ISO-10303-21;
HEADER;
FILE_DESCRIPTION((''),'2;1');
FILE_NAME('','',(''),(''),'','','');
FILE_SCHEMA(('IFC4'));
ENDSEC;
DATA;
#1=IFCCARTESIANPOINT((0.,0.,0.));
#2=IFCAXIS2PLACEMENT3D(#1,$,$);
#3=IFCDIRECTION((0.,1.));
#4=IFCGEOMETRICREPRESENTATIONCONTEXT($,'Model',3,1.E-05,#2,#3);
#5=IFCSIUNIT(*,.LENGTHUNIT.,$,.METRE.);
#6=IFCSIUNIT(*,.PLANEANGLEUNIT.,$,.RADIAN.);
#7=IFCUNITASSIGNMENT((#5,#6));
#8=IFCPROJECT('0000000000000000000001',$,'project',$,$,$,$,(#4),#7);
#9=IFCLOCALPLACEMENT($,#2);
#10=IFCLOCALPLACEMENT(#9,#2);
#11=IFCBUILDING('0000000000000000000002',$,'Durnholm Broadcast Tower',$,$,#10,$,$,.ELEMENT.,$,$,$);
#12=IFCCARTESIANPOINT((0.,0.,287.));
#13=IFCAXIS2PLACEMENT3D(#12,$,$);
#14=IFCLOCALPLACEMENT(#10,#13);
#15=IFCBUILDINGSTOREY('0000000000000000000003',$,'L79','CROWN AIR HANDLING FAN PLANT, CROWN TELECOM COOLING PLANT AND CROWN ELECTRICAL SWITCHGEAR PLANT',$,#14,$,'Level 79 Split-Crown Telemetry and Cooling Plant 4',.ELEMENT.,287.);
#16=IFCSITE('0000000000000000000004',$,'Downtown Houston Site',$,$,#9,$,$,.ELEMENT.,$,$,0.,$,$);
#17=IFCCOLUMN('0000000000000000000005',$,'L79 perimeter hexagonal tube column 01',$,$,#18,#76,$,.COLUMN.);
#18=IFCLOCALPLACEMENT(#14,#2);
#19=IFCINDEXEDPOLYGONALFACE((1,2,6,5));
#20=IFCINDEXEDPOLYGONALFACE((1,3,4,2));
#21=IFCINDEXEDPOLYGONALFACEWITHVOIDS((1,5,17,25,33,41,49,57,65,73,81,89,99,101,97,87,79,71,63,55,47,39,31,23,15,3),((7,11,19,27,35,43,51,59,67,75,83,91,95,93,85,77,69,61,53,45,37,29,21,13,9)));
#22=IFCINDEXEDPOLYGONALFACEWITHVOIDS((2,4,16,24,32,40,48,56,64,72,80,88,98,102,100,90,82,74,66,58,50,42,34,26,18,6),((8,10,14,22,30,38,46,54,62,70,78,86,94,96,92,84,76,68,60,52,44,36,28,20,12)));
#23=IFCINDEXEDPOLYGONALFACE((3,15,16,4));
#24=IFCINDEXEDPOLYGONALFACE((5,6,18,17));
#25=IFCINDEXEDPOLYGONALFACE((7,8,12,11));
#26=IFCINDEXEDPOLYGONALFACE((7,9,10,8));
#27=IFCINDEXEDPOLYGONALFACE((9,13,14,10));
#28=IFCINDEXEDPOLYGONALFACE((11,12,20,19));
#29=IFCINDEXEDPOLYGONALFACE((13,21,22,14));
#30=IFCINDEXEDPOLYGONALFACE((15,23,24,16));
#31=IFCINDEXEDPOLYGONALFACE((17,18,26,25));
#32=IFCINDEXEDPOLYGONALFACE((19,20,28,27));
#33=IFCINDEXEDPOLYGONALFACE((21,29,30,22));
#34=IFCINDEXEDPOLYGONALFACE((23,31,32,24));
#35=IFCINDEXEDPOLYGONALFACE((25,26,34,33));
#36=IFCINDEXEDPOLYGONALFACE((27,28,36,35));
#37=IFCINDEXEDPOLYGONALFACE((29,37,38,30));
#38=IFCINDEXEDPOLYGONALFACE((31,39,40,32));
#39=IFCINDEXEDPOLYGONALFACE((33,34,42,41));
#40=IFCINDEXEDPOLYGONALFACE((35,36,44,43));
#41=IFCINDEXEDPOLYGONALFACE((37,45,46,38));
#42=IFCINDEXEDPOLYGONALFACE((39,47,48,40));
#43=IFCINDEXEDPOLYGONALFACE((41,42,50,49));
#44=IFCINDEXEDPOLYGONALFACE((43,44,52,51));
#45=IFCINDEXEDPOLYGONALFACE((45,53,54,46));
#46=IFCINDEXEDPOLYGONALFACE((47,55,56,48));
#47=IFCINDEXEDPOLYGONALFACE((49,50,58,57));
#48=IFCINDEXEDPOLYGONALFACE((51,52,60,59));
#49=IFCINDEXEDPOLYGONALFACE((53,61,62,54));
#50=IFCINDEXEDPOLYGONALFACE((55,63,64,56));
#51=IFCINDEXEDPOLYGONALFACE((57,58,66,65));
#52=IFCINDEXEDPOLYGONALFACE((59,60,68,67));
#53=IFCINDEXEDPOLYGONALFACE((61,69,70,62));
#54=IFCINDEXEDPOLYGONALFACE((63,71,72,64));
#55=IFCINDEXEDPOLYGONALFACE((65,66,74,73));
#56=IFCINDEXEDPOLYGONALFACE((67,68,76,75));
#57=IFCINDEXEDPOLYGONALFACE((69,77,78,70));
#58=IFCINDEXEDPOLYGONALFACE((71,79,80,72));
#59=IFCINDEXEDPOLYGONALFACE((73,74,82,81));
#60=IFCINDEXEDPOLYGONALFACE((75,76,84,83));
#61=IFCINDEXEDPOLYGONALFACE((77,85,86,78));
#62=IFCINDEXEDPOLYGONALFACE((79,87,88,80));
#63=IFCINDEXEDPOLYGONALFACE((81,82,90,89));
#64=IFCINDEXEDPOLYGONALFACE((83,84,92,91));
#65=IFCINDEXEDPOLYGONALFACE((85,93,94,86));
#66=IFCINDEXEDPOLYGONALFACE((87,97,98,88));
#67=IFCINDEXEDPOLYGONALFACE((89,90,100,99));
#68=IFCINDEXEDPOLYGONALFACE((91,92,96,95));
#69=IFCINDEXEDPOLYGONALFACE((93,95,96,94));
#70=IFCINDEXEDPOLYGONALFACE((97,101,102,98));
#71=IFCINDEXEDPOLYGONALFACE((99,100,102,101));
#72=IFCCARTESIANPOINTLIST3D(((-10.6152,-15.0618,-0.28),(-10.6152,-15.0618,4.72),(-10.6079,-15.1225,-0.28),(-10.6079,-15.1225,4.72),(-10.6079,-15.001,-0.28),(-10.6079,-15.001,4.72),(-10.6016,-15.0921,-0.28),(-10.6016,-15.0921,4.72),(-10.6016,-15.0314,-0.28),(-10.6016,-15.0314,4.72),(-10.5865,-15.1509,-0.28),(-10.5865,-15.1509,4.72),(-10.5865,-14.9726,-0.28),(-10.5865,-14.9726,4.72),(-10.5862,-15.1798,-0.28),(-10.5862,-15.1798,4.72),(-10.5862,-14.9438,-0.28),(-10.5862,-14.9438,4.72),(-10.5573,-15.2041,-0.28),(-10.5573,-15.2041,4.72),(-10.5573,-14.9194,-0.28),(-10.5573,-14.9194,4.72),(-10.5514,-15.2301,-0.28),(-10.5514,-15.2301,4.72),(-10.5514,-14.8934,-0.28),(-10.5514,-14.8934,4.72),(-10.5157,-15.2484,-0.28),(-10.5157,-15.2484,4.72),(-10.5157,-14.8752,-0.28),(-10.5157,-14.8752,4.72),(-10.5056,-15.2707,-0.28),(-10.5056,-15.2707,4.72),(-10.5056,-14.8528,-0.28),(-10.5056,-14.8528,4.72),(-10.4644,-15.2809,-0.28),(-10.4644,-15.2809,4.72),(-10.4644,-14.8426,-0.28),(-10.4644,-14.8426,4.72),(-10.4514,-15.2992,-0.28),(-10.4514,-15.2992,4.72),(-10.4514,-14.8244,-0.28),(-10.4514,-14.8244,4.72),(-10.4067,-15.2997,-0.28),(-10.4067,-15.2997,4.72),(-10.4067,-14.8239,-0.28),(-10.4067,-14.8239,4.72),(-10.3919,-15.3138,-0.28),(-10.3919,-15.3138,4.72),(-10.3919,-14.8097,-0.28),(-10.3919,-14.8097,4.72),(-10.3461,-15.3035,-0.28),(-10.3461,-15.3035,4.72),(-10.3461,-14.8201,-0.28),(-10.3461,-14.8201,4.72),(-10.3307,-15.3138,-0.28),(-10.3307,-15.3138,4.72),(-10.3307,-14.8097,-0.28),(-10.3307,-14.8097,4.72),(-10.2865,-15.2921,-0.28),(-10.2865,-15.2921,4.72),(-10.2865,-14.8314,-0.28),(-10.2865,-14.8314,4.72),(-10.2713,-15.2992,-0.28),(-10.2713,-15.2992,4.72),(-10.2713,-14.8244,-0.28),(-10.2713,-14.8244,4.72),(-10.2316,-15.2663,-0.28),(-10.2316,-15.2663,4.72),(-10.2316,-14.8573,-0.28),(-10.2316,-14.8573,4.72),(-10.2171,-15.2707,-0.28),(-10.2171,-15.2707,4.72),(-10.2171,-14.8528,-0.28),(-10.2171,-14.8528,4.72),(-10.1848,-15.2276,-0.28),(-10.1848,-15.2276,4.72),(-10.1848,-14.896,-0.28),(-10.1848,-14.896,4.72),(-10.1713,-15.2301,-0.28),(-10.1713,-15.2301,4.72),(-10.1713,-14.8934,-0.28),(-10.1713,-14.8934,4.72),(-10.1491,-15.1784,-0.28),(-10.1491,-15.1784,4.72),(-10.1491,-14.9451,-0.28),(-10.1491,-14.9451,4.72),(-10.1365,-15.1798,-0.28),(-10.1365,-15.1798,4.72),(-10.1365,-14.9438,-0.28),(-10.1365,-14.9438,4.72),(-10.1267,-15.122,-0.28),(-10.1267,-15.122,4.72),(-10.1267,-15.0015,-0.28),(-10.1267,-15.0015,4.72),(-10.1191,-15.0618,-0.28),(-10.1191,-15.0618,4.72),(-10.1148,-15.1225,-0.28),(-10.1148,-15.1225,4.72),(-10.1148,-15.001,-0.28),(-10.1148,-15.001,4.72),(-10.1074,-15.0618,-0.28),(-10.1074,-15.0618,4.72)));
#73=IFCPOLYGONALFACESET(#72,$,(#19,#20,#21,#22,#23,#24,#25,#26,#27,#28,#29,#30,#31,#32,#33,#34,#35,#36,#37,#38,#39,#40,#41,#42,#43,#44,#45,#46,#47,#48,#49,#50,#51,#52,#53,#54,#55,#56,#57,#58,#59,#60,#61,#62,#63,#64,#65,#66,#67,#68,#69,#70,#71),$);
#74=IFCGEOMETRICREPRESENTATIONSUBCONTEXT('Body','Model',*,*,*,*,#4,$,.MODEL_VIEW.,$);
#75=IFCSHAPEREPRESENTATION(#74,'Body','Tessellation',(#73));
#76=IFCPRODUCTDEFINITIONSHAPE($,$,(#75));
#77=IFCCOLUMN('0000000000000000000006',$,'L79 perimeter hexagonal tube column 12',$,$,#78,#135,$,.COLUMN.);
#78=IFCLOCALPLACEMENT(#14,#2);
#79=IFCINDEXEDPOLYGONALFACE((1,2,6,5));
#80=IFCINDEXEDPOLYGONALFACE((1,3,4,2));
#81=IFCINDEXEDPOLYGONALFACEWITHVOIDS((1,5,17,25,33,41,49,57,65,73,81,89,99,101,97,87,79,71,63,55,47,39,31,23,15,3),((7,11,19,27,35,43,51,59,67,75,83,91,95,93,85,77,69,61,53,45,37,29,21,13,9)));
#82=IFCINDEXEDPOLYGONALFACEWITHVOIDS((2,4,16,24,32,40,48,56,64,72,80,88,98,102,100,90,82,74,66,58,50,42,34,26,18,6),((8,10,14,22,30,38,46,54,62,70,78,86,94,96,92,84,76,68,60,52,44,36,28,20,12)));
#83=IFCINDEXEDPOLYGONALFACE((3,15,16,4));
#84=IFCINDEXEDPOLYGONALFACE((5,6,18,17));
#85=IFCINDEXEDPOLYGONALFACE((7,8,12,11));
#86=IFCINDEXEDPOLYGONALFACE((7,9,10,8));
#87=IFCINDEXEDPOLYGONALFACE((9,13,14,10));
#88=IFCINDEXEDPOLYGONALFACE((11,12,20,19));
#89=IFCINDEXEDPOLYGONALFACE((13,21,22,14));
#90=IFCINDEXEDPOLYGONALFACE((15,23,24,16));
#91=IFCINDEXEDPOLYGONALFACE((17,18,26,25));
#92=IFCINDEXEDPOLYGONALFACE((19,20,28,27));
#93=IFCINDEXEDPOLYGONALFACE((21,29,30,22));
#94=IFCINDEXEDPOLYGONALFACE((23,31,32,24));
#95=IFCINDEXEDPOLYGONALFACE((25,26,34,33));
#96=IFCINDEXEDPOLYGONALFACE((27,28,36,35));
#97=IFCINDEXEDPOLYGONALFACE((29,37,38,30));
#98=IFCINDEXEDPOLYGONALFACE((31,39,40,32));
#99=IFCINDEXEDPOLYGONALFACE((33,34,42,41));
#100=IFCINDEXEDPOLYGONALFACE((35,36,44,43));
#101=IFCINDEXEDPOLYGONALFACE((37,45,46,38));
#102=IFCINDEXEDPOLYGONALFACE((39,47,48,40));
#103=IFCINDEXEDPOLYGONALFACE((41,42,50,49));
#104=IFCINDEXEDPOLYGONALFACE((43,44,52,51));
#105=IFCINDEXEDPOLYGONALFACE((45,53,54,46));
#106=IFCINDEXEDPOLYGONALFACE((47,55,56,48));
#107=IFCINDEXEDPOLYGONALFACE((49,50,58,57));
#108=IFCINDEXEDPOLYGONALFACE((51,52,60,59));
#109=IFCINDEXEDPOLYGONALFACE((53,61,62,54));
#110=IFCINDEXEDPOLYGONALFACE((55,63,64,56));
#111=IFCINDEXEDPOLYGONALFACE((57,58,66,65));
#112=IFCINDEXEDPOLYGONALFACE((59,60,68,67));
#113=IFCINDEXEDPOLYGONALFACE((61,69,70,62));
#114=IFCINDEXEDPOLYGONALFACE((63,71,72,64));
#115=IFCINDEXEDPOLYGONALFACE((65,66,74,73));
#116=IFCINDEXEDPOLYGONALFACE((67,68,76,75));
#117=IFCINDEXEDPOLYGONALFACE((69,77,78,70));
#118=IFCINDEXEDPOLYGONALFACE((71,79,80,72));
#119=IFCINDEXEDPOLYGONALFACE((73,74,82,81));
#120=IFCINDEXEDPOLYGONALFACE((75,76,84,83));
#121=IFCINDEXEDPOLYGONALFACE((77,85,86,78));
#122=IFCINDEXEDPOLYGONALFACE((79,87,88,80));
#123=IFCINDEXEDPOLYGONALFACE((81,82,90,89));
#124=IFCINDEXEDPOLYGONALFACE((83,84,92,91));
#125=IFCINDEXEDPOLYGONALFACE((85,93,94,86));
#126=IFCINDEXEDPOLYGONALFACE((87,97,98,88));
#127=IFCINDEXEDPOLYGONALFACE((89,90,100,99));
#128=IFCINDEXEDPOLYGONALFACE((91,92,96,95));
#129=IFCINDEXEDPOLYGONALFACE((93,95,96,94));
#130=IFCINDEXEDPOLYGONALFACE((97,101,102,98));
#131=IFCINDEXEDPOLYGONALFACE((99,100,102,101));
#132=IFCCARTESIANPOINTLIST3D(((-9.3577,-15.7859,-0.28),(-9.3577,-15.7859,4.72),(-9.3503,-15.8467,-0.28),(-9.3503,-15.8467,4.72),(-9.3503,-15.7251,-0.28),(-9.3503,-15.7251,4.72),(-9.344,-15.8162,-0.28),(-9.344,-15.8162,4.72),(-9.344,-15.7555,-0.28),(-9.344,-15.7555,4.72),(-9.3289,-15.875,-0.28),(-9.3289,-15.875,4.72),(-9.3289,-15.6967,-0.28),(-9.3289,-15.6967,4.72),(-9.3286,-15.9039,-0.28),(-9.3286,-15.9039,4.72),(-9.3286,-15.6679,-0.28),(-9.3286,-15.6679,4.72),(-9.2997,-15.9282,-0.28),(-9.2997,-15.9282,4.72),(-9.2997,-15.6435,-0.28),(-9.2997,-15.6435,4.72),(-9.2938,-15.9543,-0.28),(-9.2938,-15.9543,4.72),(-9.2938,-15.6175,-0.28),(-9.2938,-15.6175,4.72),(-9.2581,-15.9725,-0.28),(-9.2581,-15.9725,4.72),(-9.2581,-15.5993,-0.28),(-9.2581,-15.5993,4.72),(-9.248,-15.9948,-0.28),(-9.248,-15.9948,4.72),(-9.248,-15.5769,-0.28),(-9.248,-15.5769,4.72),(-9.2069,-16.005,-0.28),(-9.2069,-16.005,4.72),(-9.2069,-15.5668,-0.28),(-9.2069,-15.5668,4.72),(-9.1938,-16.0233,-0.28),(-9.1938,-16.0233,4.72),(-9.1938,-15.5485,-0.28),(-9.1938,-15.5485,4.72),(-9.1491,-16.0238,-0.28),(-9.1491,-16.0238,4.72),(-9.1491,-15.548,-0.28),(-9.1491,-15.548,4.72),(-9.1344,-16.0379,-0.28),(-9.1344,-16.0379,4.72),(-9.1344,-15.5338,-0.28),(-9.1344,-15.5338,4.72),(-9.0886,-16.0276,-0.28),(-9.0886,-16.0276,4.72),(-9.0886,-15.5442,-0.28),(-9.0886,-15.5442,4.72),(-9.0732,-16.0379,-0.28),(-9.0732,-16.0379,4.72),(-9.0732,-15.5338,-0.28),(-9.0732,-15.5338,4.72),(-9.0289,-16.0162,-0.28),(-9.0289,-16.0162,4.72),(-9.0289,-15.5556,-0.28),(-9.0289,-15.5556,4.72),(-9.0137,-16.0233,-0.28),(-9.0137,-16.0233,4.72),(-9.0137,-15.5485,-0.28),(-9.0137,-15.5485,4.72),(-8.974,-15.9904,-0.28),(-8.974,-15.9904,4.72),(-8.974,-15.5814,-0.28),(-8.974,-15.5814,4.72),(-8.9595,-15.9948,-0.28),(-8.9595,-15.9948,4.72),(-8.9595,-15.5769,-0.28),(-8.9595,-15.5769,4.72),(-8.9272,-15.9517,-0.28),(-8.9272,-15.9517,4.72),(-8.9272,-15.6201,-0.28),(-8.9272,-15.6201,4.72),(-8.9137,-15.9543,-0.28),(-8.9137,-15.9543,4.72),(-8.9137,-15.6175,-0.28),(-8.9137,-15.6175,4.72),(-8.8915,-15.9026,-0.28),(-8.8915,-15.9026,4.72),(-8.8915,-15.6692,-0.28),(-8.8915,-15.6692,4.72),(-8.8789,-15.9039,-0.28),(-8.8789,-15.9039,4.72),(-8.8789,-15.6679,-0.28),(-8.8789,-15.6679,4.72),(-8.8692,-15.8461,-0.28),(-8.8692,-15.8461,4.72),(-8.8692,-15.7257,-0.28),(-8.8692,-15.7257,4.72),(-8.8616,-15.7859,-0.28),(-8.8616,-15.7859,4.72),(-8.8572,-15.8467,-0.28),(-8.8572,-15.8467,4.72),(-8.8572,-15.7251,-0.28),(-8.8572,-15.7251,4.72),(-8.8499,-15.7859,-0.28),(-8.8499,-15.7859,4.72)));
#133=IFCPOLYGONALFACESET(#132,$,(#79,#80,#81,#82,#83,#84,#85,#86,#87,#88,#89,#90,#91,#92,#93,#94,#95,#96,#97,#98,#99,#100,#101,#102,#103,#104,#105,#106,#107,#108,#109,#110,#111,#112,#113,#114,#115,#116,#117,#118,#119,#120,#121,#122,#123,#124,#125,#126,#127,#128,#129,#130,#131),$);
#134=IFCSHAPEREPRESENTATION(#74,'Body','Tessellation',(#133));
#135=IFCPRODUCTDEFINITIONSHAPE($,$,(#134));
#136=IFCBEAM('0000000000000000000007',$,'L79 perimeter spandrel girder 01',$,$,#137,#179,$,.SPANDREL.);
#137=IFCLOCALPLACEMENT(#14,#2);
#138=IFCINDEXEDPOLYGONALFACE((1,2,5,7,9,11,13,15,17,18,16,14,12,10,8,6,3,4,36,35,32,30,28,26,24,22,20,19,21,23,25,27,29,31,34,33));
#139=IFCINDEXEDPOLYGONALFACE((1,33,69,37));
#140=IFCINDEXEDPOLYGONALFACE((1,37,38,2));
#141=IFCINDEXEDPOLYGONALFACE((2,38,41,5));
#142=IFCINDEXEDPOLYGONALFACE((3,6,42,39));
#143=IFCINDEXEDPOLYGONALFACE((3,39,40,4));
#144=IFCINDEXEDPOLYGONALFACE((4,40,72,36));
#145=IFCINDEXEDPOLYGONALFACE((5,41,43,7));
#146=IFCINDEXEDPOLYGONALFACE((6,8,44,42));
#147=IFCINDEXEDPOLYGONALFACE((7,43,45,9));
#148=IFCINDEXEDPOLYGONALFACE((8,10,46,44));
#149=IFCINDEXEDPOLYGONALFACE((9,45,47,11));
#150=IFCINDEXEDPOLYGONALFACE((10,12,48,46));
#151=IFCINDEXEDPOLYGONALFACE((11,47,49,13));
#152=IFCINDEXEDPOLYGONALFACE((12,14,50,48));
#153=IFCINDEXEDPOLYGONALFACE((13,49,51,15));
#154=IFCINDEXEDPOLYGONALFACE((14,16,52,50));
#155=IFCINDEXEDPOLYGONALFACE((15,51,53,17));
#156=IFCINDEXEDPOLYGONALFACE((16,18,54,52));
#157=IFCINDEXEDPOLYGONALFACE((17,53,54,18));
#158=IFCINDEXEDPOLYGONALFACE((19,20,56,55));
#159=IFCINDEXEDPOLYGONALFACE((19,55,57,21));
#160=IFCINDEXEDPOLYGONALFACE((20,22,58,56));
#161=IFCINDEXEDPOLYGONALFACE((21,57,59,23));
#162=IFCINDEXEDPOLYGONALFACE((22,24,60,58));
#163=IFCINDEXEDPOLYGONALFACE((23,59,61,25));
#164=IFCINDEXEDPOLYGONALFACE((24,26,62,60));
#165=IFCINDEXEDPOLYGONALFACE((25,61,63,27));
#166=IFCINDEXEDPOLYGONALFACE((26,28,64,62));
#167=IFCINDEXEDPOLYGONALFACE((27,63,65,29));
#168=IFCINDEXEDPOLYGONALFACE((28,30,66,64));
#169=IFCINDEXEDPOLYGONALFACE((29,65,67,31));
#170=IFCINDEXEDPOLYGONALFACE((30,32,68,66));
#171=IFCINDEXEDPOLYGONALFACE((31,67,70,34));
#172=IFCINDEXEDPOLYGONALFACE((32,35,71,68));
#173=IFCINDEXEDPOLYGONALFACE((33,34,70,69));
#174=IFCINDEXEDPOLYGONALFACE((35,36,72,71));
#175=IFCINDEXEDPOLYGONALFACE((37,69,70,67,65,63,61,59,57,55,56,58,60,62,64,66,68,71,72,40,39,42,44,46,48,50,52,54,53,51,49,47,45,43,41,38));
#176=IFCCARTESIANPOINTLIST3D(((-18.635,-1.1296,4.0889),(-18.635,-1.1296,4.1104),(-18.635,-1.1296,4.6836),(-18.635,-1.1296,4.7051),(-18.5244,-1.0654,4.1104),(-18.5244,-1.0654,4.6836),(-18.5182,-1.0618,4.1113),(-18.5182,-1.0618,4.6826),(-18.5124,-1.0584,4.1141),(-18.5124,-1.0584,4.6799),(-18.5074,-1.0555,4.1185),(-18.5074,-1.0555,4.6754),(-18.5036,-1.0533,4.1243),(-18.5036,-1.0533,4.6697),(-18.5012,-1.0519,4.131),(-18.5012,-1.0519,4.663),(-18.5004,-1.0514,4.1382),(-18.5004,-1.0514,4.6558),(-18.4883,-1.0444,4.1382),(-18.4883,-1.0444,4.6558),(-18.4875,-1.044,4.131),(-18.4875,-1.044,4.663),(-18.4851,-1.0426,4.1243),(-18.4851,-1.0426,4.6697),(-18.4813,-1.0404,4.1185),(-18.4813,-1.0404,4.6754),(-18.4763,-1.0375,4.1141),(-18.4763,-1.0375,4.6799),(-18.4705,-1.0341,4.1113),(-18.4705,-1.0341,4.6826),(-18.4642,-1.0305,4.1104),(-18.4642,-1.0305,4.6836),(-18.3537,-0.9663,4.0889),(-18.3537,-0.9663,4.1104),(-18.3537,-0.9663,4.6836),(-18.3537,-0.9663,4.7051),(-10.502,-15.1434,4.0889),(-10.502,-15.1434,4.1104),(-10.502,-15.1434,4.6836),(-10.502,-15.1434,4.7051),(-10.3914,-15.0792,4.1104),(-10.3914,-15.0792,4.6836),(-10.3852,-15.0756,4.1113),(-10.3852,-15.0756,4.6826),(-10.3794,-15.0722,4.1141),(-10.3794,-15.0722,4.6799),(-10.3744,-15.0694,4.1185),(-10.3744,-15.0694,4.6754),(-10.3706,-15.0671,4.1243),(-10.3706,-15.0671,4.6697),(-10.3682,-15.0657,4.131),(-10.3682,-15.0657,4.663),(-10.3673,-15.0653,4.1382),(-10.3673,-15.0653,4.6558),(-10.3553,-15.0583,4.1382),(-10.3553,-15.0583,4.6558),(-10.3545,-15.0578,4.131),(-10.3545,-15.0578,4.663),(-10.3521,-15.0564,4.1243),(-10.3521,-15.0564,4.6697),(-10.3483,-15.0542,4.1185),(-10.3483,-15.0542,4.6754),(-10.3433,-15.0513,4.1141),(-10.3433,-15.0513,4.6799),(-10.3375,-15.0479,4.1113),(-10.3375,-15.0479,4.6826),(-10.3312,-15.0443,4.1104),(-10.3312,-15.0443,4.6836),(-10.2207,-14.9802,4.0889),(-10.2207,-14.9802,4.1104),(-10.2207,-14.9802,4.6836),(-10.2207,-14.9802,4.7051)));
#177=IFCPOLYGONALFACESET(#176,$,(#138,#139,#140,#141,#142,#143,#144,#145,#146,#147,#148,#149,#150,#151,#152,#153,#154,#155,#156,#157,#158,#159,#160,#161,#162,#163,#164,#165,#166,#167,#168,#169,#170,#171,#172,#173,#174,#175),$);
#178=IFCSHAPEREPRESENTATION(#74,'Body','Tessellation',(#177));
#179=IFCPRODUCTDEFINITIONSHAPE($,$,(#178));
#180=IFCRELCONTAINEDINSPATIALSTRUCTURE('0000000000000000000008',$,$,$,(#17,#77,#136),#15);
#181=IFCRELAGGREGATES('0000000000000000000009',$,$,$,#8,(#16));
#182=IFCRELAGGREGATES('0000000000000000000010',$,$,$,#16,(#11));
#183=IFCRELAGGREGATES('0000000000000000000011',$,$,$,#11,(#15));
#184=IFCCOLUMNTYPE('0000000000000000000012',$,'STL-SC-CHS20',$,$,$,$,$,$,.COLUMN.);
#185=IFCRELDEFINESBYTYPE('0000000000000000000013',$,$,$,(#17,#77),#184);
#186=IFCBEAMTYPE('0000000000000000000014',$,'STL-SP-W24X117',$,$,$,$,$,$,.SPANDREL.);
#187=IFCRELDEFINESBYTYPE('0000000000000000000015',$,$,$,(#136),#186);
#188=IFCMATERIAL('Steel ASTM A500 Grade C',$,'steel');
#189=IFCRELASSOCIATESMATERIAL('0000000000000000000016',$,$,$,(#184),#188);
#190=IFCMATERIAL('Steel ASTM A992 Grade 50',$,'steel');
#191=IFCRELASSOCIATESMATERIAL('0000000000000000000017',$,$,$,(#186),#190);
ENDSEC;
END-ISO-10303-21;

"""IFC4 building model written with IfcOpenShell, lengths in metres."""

from ifc_helpers import new_model, si_unit, direction, frame, origin, origin_2d, place, context, subcontext, project, spatial, hollow_circle, i_section, extrude, source, transform, mapped, material, material_profile, profile_set, type_object, type_shapes, element, save


model = new_model("IFC4")

# Units and contexts
model_context = context("Model", 3, precision=1e-05, world=origin(), true_north=direction((0.0, 1.0)))
body_context = subcontext(model_context, "Body", "Model", "MODEL_VIEW")
ifc_project = project(units=[si_unit("LENGTHUNIT", "METRE"), si_unit("PLANEANGLEUNIT", "RADIAN")], contexts=[model_context])

# Site, building, storey
site_placement = place(None, origin())
site = spatial("IfcSite", under=ifc_project, at=site_placement, Name="Downtown Houston Site", CompositionType="ELEMENT", RefElevation=0.0)
building_placement = place(site_placement, origin())
building = spatial("IfcBuilding", under=site, at=building_placement, Name="Durnholm Broadcast Tower", CompositionType="ELEMENT")
storey_placement = place(building_placement, frame((0.0, 0.0, 287.0)))
storey = spatial("IfcBuildingStorey", under=building, at=storey_placement, Name="L79", Description="CROWN AIR HANDLING FAN PLANT, CROWN TELECOM COOLING PLANT AND CROWN ELECTRICAL SWITCHGEAR PLANT", LongName="Level 79 Split-Crown Telemetry and Cooling Plant 4", CompositionType="ELEMENT", Elevation=287.0)

# Columns
ifc_material_1 = material(Name="Steel ASTM A500 Grade C", Category="steel")
ifc_material_profile_1 = material_profile(ifc_material_1, hollow_circle(Radius=0.2539, WallThickness=0.0117, at=origin_2d()), Name="HSS20.000X0.500")
ifc_profile_set_1 = profile_set([ifc_material_profile_1], Name="Steel ASTM A500 Grade C")
column_type = type_object("IfcColumnType", Name="STL-SC-CHS20", PredefinedType="COLUMN", material=ifc_profile_set_1)
shared_shape_1 = source(origin(), body_context, "Body", "SweptSolid", [
    extrude(hollow_circle(Radius=0.2539, WallThickness=0.0117, at=origin_2d()), origin(), (0.0, 0.0, 1.0), 5.0),
])
type_shapes(column_type, [shared_shape_1])
for number, where, z_axis, x_axis, name in (
    (1, (-10.3613, -15.0618, -0.28), (0.0, 0.0, 1.0), (1.0, 0.0, 0.0), "L79 perimeter hexagonal tube column 01"),
    (2, (-9.1038, -15.7859, -0.28), (0.0, 0.0, 1.0), (1.0, 0.0, 0.0), "L79 perimeter hexagonal tube column 12"),
):
    element("IfcColumn", number, at=place(storey_placement, frame(where, z_axis=z_axis, x_axis=x_axis)), inside=storey, type_object=column_type, Name=name, PredefinedType="COLUMN", context=body_context, shape_type="MappedRepresentation", body=[
        mapped(shared_shape_1, transform((0.0, 0.0, 0.0), x_axis=(1.0, 0.0, 0.0), y_axis=(0.0, 1.0, 0.0), z_axis=(0.0, 0.0, 1.0), scale=1.0)),
    ])

# Beam
ifc_material_2 = material(Name="Steel ASTM A992 Grade 50", Category="steel")
ifc_material_profile_2 = material_profile(ifc_material_2, i_section(OverallWidth=0.3252, OverallDepth=0.6162, WebThickness=0.0139, FlangeThickness=0.0215, FilletRadius=0.0278, at=origin_2d()), Name="W24X117")
ifc_profile_set_2 = profile_set([ifc_material_profile_2], Name="Steel ASTM A992 Grade 50")
beam_type = type_object("IfcBeamType", Name="STL-SP-W24X117", PredefinedType="SPANDREL", material=ifc_profile_set_2)
shared_shape_2 = source(origin(), body_context, "Body", "SweptSolid", [
    extrude(i_section(OverallWidth=0.3252, OverallDepth=0.6162, WebThickness=0.0139, FlangeThickness=0.0215, FilletRadius=0.0278, at=origin_2d()), origin(), (0.0, 0.0, 1.0), 16.2029),
])
beam_1_placement = place(storey_placement, frame((-10.3613, -15.0618, 4.397), z_axis=(-0.501948, 0.864898, 0.0), x_axis=(-0.864898, -0.501948, 0.0)))
element("IfcBeam", 3, at=beam_1_placement, inside=storey, type_object=beam_type, Name="L79 perimeter spandrel girder 01", PredefinedType="SPANDREL", context=body_context, shape_type="MappedRepresentation", body=[
    mapped(shared_shape_2, transform((0.0, 0.0, 0.0), x_axis=(1.0, 0.0, 0.0), y_axis=(0.0, 1.0, 0.0), z_axis=(0.0, 0.0, 1.0), scale=1.0)),
])

save(model, "model.ifc")
